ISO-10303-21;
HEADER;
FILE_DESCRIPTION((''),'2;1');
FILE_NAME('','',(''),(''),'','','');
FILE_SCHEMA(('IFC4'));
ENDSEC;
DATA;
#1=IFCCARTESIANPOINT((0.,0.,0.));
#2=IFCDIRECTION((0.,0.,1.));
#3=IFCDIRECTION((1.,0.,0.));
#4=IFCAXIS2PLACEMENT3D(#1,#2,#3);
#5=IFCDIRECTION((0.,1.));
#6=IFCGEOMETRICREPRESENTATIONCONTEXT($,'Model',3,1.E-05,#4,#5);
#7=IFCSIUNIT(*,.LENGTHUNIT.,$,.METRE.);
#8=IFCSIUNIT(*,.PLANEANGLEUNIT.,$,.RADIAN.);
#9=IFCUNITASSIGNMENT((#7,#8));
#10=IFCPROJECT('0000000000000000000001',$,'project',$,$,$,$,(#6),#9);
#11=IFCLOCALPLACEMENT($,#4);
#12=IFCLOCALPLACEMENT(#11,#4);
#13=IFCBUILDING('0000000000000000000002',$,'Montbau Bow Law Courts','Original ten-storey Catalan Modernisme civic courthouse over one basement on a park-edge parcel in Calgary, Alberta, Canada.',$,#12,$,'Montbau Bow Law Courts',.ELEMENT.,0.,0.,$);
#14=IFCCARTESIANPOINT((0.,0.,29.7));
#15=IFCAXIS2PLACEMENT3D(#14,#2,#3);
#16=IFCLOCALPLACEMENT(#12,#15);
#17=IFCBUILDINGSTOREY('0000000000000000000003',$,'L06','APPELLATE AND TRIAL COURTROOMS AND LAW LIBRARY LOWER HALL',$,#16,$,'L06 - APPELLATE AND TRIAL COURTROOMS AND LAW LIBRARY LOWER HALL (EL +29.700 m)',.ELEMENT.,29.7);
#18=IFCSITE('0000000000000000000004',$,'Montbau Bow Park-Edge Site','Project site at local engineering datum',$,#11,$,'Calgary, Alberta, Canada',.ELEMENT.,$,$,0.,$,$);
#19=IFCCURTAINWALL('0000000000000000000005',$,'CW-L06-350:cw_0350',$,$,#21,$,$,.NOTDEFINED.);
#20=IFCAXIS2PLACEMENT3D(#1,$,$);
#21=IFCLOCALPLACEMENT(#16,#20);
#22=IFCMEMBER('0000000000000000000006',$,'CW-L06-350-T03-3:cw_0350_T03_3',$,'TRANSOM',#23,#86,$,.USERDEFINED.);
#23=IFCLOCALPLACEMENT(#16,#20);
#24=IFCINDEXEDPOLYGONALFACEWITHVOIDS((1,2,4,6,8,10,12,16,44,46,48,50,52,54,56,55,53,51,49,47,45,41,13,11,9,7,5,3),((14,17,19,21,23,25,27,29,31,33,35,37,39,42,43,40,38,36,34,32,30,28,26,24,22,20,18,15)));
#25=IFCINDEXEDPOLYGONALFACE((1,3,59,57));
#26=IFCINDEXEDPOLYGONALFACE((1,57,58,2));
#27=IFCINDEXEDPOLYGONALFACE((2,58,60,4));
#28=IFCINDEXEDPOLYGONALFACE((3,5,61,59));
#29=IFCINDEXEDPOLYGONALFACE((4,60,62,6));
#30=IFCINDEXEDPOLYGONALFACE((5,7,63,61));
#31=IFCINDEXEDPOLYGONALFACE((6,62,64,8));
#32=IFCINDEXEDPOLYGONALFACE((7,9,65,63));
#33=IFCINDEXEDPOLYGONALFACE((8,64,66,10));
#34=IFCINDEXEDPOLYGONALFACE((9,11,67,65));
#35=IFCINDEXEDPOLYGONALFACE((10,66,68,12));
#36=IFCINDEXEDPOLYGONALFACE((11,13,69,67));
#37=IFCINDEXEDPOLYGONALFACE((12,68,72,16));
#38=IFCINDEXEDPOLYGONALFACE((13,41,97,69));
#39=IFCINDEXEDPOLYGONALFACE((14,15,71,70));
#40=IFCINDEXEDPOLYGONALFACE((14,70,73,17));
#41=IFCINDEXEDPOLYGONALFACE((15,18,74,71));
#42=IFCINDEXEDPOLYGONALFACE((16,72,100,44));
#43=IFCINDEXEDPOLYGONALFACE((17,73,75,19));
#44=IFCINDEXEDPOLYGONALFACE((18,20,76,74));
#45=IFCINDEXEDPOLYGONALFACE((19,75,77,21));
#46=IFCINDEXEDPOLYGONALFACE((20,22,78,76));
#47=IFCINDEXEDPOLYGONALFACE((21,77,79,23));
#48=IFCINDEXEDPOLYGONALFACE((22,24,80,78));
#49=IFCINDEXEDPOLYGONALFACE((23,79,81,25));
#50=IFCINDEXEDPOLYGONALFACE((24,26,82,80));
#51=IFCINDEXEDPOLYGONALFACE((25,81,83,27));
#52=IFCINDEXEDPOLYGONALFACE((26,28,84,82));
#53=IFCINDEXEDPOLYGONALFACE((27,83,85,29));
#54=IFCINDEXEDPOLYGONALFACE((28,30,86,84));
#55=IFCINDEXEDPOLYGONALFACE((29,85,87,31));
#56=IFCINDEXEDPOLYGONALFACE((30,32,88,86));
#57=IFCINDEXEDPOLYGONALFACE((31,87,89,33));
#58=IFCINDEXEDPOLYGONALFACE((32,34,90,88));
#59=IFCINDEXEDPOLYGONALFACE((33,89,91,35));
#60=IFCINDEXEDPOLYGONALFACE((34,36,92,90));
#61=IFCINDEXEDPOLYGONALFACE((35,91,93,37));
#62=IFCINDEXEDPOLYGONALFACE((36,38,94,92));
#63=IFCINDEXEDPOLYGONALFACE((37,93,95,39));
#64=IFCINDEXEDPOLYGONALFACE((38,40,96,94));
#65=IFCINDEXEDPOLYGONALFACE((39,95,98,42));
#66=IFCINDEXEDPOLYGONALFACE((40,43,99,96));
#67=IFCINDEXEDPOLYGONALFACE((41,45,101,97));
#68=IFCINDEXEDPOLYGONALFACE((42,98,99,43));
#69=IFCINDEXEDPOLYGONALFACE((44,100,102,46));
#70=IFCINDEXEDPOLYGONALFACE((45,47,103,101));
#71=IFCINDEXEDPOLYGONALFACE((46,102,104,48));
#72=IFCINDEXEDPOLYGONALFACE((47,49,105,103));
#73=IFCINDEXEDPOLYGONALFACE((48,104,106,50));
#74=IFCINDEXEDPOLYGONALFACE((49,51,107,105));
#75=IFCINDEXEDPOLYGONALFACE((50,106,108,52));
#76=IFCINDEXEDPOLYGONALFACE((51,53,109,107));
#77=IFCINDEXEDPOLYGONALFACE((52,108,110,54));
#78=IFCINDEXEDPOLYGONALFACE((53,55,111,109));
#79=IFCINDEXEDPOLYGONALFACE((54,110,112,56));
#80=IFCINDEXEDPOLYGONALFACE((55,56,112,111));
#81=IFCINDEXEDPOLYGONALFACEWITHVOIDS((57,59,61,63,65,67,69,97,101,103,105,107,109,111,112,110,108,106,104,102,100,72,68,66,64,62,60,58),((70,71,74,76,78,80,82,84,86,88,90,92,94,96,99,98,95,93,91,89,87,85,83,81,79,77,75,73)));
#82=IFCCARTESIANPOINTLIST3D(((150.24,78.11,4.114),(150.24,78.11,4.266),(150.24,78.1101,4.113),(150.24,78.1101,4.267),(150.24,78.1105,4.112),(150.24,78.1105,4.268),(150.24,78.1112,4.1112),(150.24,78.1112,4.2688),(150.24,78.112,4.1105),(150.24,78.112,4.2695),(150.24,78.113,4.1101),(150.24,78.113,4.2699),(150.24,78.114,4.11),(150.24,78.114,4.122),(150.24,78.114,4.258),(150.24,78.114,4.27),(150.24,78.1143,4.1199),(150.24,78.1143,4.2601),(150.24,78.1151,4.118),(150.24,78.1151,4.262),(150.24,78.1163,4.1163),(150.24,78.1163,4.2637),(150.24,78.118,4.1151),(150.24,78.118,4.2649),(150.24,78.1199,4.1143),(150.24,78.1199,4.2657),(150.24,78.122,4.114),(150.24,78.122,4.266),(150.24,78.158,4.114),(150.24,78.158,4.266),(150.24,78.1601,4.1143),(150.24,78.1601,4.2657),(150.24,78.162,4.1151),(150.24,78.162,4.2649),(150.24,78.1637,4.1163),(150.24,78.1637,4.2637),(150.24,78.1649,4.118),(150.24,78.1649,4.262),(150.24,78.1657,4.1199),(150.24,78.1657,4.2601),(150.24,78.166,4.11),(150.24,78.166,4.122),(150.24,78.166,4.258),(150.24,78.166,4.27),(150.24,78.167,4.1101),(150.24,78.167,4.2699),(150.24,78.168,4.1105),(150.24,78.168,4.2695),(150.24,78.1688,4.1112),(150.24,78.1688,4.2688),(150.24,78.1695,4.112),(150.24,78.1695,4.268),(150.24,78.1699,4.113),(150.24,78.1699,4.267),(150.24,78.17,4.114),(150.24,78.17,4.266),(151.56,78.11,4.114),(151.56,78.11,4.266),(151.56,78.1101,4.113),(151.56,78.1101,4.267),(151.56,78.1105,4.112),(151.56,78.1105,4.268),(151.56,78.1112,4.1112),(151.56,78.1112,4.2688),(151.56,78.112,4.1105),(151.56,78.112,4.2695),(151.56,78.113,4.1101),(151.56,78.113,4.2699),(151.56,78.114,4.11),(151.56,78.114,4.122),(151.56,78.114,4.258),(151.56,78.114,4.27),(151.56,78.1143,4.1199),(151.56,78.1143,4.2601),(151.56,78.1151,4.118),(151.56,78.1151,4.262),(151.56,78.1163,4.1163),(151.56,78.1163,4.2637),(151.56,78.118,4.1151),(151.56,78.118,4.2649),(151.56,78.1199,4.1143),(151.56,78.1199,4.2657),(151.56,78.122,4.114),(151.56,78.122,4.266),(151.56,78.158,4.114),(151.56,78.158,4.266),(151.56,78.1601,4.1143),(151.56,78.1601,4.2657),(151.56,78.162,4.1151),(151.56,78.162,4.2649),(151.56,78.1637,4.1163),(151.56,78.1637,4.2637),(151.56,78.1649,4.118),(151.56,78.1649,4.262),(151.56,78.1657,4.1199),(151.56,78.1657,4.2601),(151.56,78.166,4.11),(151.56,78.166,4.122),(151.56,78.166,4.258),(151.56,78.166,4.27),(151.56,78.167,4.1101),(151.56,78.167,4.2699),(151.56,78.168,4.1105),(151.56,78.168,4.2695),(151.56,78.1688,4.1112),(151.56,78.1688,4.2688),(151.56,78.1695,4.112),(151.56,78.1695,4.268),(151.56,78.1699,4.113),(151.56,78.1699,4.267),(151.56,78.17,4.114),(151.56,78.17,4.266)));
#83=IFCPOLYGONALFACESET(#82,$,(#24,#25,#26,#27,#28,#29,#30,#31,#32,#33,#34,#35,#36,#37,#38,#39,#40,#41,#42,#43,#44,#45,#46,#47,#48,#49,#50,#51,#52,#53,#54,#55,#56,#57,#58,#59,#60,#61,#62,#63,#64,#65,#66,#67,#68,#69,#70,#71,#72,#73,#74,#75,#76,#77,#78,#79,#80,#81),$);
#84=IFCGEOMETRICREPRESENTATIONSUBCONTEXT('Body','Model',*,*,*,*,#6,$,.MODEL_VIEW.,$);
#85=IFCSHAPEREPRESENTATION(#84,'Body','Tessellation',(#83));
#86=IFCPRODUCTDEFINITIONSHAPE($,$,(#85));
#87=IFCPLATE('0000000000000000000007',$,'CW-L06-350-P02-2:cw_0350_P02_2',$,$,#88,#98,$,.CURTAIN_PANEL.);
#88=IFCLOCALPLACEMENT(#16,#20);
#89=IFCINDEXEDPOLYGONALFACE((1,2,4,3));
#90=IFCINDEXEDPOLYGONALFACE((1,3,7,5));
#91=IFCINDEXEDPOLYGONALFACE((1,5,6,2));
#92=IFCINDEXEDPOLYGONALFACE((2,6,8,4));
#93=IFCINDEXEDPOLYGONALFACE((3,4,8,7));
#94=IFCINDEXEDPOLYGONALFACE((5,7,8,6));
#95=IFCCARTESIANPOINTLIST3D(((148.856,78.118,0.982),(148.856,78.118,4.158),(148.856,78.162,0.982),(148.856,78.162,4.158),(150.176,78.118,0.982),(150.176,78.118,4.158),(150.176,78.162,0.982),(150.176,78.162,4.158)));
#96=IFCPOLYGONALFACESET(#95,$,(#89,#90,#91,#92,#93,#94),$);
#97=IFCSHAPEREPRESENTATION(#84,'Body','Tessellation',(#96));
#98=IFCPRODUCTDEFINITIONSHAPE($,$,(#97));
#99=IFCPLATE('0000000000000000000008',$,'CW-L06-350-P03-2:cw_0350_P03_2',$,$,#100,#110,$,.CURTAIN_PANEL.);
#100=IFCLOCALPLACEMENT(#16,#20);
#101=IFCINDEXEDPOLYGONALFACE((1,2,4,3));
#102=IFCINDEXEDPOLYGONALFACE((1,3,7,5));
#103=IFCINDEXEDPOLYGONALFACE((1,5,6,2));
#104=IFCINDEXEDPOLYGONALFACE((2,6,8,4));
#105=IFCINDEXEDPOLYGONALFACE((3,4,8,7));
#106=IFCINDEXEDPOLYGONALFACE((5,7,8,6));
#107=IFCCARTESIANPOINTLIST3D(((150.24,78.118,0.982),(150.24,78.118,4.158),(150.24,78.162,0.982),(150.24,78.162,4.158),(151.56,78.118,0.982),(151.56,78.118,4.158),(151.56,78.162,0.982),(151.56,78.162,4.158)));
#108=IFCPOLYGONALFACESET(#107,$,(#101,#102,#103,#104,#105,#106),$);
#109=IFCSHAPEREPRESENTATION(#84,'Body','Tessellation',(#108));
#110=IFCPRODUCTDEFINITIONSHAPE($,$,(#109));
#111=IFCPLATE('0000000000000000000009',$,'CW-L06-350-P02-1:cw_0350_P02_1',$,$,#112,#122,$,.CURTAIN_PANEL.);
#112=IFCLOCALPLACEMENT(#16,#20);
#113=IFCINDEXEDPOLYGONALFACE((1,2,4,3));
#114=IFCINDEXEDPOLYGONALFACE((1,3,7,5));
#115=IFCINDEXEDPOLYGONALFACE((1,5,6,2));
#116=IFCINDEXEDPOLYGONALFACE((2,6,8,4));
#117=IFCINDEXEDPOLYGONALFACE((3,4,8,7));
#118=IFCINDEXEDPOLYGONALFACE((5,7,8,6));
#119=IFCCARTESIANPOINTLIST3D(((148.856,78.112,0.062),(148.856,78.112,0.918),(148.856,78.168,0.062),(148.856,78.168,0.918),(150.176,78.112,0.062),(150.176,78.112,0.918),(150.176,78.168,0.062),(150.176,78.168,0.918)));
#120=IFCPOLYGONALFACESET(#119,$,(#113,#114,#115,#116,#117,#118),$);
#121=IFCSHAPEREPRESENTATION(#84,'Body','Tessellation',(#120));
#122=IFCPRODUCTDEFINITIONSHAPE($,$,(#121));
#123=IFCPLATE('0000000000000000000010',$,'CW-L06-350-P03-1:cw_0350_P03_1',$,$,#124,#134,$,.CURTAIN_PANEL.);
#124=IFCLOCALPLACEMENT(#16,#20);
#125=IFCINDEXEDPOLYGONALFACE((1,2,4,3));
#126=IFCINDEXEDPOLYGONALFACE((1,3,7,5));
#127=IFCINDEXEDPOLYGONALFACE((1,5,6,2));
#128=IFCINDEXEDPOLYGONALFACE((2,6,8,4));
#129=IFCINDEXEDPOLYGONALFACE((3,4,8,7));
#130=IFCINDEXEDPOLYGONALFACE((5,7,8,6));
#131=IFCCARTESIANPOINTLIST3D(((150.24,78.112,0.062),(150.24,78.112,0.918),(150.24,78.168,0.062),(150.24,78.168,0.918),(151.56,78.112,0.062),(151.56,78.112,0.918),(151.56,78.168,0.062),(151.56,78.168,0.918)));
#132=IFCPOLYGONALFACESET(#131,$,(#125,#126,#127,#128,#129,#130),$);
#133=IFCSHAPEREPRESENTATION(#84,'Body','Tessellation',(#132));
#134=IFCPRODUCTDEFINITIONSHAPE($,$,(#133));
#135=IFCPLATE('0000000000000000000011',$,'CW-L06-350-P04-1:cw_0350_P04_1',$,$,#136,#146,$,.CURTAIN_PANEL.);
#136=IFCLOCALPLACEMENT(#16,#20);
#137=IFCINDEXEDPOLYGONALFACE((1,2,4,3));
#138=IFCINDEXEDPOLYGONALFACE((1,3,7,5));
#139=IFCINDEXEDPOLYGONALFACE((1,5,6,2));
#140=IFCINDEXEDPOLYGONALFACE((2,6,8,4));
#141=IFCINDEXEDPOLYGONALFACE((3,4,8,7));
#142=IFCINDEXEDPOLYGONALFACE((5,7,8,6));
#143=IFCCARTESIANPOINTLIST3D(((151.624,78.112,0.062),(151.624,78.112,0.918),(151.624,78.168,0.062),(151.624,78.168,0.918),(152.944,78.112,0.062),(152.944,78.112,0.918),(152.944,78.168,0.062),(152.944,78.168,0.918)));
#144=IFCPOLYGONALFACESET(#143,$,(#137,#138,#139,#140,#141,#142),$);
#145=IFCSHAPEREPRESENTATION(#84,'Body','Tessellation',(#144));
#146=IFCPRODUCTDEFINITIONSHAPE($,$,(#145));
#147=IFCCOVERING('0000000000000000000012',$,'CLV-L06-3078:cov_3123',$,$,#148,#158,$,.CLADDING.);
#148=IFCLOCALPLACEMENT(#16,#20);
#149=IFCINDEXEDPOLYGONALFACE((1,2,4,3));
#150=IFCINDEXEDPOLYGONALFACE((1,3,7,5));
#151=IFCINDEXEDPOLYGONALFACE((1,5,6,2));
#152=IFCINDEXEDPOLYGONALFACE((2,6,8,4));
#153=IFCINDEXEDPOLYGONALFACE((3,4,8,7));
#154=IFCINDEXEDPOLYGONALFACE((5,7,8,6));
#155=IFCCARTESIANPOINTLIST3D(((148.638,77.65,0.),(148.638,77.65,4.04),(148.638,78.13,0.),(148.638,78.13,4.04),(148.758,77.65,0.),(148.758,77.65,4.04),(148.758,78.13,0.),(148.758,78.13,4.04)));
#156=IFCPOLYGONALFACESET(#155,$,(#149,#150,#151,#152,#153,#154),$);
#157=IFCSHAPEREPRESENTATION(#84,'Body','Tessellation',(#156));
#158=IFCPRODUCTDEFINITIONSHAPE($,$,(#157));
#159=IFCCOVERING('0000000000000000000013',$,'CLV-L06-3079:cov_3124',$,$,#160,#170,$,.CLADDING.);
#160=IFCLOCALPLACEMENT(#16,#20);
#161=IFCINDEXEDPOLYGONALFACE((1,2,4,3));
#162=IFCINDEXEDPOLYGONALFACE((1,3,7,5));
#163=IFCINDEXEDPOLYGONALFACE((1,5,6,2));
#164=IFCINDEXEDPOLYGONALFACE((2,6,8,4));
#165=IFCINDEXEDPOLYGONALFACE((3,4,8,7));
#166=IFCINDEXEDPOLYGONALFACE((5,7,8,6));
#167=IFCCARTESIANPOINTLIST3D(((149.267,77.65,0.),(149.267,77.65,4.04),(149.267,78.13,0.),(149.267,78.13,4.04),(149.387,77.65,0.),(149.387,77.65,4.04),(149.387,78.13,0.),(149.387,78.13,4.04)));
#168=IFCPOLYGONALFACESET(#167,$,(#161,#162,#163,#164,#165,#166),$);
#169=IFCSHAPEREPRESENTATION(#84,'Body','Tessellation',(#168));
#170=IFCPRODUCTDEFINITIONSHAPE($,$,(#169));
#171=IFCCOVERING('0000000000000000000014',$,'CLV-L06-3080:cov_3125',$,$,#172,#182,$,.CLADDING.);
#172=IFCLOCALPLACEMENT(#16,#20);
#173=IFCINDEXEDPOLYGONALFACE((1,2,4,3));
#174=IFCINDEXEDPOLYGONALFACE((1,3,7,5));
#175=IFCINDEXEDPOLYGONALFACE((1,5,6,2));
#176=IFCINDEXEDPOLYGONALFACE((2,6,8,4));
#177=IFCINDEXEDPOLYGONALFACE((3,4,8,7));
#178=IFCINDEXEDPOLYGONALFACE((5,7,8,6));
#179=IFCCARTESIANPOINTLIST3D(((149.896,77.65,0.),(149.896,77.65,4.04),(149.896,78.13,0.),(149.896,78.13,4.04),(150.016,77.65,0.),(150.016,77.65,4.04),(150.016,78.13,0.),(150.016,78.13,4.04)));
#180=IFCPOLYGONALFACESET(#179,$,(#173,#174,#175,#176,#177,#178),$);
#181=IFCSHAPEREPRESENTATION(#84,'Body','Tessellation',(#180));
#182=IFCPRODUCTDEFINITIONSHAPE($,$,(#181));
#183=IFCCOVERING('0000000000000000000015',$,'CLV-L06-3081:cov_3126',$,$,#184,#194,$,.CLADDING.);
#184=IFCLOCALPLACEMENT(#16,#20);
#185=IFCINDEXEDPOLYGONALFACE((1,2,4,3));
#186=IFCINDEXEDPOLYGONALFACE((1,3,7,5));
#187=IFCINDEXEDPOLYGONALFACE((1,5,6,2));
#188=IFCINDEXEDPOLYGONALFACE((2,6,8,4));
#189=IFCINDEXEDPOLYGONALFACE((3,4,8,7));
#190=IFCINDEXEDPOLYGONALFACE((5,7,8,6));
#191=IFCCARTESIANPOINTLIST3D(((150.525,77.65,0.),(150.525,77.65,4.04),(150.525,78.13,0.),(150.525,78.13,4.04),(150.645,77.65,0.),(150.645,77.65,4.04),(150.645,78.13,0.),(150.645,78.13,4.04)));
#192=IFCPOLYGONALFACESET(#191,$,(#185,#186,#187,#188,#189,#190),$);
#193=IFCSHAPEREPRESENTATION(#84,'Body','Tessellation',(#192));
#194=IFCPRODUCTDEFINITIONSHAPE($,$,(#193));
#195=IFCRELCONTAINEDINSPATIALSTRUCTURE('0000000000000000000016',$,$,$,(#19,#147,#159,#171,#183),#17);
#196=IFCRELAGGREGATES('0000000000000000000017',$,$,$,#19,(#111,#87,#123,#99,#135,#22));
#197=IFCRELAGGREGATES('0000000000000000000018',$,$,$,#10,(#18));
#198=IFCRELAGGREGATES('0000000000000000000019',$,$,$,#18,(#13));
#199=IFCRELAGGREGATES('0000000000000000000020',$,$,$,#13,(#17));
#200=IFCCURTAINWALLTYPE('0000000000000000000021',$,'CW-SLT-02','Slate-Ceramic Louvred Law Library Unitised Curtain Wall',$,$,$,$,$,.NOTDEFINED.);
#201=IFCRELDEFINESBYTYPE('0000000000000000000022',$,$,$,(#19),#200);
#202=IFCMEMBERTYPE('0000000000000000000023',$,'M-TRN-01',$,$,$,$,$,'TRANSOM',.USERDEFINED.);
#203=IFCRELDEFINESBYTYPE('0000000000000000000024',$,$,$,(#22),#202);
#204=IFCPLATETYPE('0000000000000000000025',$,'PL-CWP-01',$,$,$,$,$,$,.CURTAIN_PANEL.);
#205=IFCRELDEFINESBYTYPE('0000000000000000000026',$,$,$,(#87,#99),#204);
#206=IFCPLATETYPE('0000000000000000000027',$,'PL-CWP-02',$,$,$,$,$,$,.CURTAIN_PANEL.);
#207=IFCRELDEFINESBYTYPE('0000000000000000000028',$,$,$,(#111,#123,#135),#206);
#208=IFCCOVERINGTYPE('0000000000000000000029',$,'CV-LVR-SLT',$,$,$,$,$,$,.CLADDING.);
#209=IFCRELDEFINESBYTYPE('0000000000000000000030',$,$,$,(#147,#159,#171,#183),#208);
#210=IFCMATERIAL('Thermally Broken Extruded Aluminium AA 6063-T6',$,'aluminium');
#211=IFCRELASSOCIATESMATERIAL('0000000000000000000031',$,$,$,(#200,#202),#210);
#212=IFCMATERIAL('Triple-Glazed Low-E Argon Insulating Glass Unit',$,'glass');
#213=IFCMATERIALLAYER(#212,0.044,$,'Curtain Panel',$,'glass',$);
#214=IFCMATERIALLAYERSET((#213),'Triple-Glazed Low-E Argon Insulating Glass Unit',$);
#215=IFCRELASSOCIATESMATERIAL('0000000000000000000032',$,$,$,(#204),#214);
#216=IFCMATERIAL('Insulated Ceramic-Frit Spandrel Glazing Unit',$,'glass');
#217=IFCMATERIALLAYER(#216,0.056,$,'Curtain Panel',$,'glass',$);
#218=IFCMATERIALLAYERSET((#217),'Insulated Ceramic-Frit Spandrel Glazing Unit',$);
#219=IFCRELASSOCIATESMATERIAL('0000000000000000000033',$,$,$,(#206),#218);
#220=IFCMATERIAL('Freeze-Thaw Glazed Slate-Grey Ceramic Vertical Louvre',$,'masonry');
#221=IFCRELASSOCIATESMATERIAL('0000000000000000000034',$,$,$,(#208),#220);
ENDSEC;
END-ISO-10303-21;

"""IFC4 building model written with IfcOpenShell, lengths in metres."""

from ifc_helpers import new_model, si_unit, direction, frame, frame_2d, origin_with_axes, origin_2d_with_axis, place, context, subcontext, project, spatial, rectangle, hollow_rectangle, extrude, material, layer, layer_set, material_profile, profile_set, type_object, element, aggregate, save


model = new_model("IFC4")

# Units and contexts
model_context = context("Model", 3, precision=1e-05, world=origin_with_axes(), true_north=direction((0.0, 1.0)))
body_context = subcontext(model_context, "Body", "Model", "MODEL_VIEW")
ifc_project = project(units=[si_unit("LENGTHUNIT", "METRE"), si_unit("PLANEANGLEUNIT", "RADIAN")], contexts=[model_context])

# Site, building, storey
site_placement = place(None, origin_with_axes())
site = spatial("IfcSite", under=ifc_project, at=site_placement, Name="Montbau Bow Park-Edge Site", Description="Project site at local engineering datum", LongName="Calgary, Alberta, Canada", CompositionType="ELEMENT", RefElevation=0.0)
building_placement = place(site_placement, origin_with_axes())
building = spatial("IfcBuilding", under=site, at=building_placement, Name="Montbau Bow Law Courts", Description="Original ten-storey Catalan Modernisme civic courthouse over one basement on a park-edge parcel in Calgary, Alberta, Canada.", LongName="Montbau Bow Law Courts", CompositionType="ELEMENT", ElevationOfRefHeight=0.0, ElevationOfTerrain=0.0)
storey_placement = place(building_placement, frame((0.0, 0.0, 29.7), z_axis=(0.0, 0.0, 1.0), x_axis=(1.0, 0.0, 0.0)))
storey = spatial("IfcBuildingStorey", under=building, at=storey_placement, Name="L06", Description="APPELLATE AND TRIAL COURTROOMS AND LAW LIBRARY LOWER HALL", LongName="L06 - APPELLATE AND TRIAL COURTROOMS AND LAW LIBRARY LOWER HALL (EL +29.700 m)", CompositionType="ELEMENT", Elevation=29.7)

# Curtain wall, member, plates
ifc_material_1 = material(Name="Thermally Broken Extruded Aluminium AA 6063-T6", Category="aluminium")
curtain_wall_type = type_object("IfcCurtainWallType", Name="CW-SLT-02", Description="Slate-Ceramic Louvred Law Library Unitised Curtain Wall", PredefinedType="NOTDEFINED", material=ifc_material_1)
curtain_wall_placement = place(None, frame((147.44, 78.14, 29.7), z_axis=(0.0, 0.0, 1.0), x_axis=(1.0, 0.0, 0.0)))
curtain_wall = element("IfcCurtainWall", 1, at=curtain_wall_placement, inside=storey, type_object=curtain_wall_type, Name="CW-L06-350:cw_0350", PredefinedType="NOTDEFINED")
ifc_material_profile_1 = material_profile(ifc_material_1, hollow_rectangle(XDim=0.06, YDim=0.16, WallThickness=0.004, InnerFilletRadius=0.008, OuterFilletRadius=0.004, at=origin_2d_with_axis()), Name="CWT-160X60", Category="Main", Priority=0)
ifc_profile_set_1 = profile_set([ifc_material_profile_1], Name="Thermally Broken Extruded Aluminium AA 6063-T6")
member_type_1 = type_object("IfcMemberType", Name="M-TRN-01", ElementType="TRANSOM", PredefinedType="USERDEFINED", material=ifc_profile_set_1)
member_1_placement = place(None, frame((150.24, 78.14, 33.89), z_axis=(1.0, 0.0, 0.0), x_axis=(0.0, 1.0, 0.0)))
member_1 = element("IfcMember", 2, at=member_1_placement, type_object=member_type_1, Name="CW-L06-350-T03-3:cw_0350_T03_3", ObjectType="TRANSOM", PredefinedType="USERDEFINED", context=body_context, shape_type="SweptSolid", body=[
    extrude(hollow_rectangle(XDim=0.06, YDim=0.16, WallThickness=0.004, InnerFilletRadius=0.008, OuterFilletRadius=0.004, at=origin_2d_with_axis()), origin_with_axes(), (0.0, 0.0, 1.0), 1.32),
])
ifc_material_2 = material(Name="Triple-Glazed Low-E Argon Insulating Glass Unit", Category="glass")
ifc_layer_1 = layer(ifc_material_2, 0.044, Name="Curtain Panel", Category="glass")
ifc_layer_set_1 = layer_set([ifc_layer_1], Name="Triple-Glazed Low-E Argon Insulating Glass Unit")
plate_type_1 = type_object("IfcPlateType", Name="PL-CWP-01", PredefinedType="CURTAIN_PANEL", material=ifc_layer_set_1)
plate_1_placement = place(None, frame((148.856, 78.14, 30.682), z_axis=(0.0, -1.0, 0.0), x_axis=(1.0, 0.0, 0.0)))
plate_1 = element("IfcPlate", 3, at=plate_1_placement, type_object=plate_type_1, Name="CW-L06-350-P02-2:cw_0350_P02_2", PredefinedType="CURTAIN_PANEL", context=body_context, shape_type="SweptSolid", body=[
    extrude(rectangle(XDim=1.32, YDim=3.176, at=frame_2d((0.66, 1.588), x_axis=(1.0, 0.0))), frame((0.0, 0.0, -0.022), z_axis=(0.0, 0.0, 1.0), x_axis=(1.0, 0.0, 0.0)), (0.0, 0.0, 1.0), 0.044),
])
plate_2_placement = place(None, frame((150.24, 78.14, 30.682), z_axis=(0.0, -1.0, 0.0), x_axis=(1.0, 0.0, 0.0)))
plate_2 = element("IfcPlate", 4, at=plate_2_placement, type_object=plate_type_1, Name="CW-L06-350-P03-2:cw_0350_P03_2", PredefinedType="CURTAIN_PANEL", context=body_context, shape_type="SweptSolid", body=[
    extrude(rectangle(XDim=1.32, YDim=3.176, at=frame_2d((0.66, 1.588), x_axis=(1.0, 0.0))), frame((0.0, 0.0, -0.022), z_axis=(0.0, 0.0, 1.0), x_axis=(1.0, 0.0, 0.0)), (0.0, 0.0, 1.0), 0.044),
])
ifc_material_3 = material(Name="Insulated Ceramic-Frit Spandrel Glazing Unit", Category="glass")
ifc_layer_2 = layer(ifc_material_3, 0.056, Name="Curtain Panel", Category="glass")
ifc_layer_set_2 = layer_set([ifc_layer_2], Name="Insulated Ceramic-Frit Spandrel Glazing Unit")
plate_type_2 = type_object("IfcPlateType", Name="PL-CWP-02", PredefinedType="CURTAIN_PANEL", material=ifc_layer_set_2)
plate_3_placement = place(None, frame((148.856, 78.14, 29.762), z_axis=(0.0, -1.0, 0.0), x_axis=(1.0, 0.0, 0.0)))
plate_3 = element("IfcPlate", 5, at=plate_3_placement, type_object=plate_type_2, Name="CW-L06-350-P02-1:cw_0350_P02_1", PredefinedType="CURTAIN_PANEL", context=body_context, shape_type="SweptSolid", body=[
    extrude(rectangle(XDim=1.32, YDim=0.856, at=frame_2d((0.66, 0.428), x_axis=(1.0, 0.0))), frame((0.0, 0.0, -0.028), z_axis=(0.0, 0.0, 1.0), x_axis=(1.0, 0.0, 0.0)), (0.0, 0.0, 1.0), 0.056),
])
plate_4_placement = place(None, frame((150.24, 78.14, 29.762), z_axis=(0.0, -1.0, 0.0), x_axis=(1.0, 0.0, 0.0)))
plate_4 = element("IfcPlate", 6, at=plate_4_placement, type_object=plate_type_2, Name="CW-L06-350-P03-1:cw_0350_P03_1", PredefinedType="CURTAIN_PANEL", context=body_context, shape_type="SweptSolid", body=[
    extrude(rectangle(XDim=1.32, YDim=0.856, at=frame_2d((0.66, 0.428), x_axis=(1.0, 0.0))), frame((0.0, 0.0, -0.028), z_axis=(0.0, 0.0, 1.0), x_axis=(1.0, 0.0, 0.0)), (0.0, 0.0, 1.0), 0.056),
])
plate_5_placement = place(None, frame((151.624, 78.14, 29.762), z_axis=(0.0, -1.0, 0.0), x_axis=(1.0, 0.0, 0.0)))
plate_5 = element("IfcPlate", 7, at=plate_5_placement, type_object=plate_type_2, Name="CW-L06-350-P04-1:cw_0350_P04_1", PredefinedType="CURTAIN_PANEL", context=body_context, shape_type="SweptSolid", body=[
    extrude(rectangle(XDim=1.32, YDim=0.856, at=frame_2d((0.66, 0.428), x_axis=(1.0, 0.0))), frame((0.0, 0.0, -0.028), z_axis=(0.0, 0.0, 1.0), x_axis=(1.0, 0.0, 0.0)), (0.0, 0.0, 1.0), 0.056),
])
aggregate(curtain_wall, [plate_3, plate_1, plate_4, plate_2, plate_5, member_1])

# Coverings
ifc_material_4 = material(Name="Freeze-Thaw Glazed Slate-Grey Ceramic Vertical Louvre", Category="masonry")
covering_type = type_object("IfcCoveringType", Name="CV-LVR-SLT", PredefinedType="CLADDING", material=ifc_material_4)
for number, where, z_axis, x_axis, name in (
    (8, (148.698, 78.13, 29.7), (-1.0, 0.0, 0.0), (0.0, -1.0, 0.0), "CLV-L06-3078:cov_3123"),
    (9, (149.327, 78.13, 29.7), (-1.0, 0.0, 0.0), (0.0, -1.0, 0.0), "CLV-L06-3079:cov_3124"),
    (10, (149.956, 78.13, 29.7), (-1.0, 0.0, 0.0), (0.0, -1.0, 0.0), "CLV-L06-3080:cov_3125"),
    (11, (150.585, 78.13, 29.7), (-1.0, 0.0, 0.0), (0.0, -1.0, 0.0), "CLV-L06-3081:cov_3126"),
):
    element("IfcCovering", number, at=place(None, frame(where, z_axis=z_axis, x_axis=x_axis)), inside=storey, type_object=covering_type, Name=name, PredefinedType="CLADDING", context=body_context, shape_type="SweptSolid", body=[
        extrude(rectangle(XDim=0.48, YDim=4.04, at=frame_2d((0.24, 2.02), x_axis=(1.0, 0.0))), frame((0.0, 0.0, -0.06), z_axis=(0.0, 0.0, 1.0), x_axis=(1.0, 0.0, 0.0)), (0.0, 0.0, 1.0), 0.12),
    ])

save(model, "model.ifc")
